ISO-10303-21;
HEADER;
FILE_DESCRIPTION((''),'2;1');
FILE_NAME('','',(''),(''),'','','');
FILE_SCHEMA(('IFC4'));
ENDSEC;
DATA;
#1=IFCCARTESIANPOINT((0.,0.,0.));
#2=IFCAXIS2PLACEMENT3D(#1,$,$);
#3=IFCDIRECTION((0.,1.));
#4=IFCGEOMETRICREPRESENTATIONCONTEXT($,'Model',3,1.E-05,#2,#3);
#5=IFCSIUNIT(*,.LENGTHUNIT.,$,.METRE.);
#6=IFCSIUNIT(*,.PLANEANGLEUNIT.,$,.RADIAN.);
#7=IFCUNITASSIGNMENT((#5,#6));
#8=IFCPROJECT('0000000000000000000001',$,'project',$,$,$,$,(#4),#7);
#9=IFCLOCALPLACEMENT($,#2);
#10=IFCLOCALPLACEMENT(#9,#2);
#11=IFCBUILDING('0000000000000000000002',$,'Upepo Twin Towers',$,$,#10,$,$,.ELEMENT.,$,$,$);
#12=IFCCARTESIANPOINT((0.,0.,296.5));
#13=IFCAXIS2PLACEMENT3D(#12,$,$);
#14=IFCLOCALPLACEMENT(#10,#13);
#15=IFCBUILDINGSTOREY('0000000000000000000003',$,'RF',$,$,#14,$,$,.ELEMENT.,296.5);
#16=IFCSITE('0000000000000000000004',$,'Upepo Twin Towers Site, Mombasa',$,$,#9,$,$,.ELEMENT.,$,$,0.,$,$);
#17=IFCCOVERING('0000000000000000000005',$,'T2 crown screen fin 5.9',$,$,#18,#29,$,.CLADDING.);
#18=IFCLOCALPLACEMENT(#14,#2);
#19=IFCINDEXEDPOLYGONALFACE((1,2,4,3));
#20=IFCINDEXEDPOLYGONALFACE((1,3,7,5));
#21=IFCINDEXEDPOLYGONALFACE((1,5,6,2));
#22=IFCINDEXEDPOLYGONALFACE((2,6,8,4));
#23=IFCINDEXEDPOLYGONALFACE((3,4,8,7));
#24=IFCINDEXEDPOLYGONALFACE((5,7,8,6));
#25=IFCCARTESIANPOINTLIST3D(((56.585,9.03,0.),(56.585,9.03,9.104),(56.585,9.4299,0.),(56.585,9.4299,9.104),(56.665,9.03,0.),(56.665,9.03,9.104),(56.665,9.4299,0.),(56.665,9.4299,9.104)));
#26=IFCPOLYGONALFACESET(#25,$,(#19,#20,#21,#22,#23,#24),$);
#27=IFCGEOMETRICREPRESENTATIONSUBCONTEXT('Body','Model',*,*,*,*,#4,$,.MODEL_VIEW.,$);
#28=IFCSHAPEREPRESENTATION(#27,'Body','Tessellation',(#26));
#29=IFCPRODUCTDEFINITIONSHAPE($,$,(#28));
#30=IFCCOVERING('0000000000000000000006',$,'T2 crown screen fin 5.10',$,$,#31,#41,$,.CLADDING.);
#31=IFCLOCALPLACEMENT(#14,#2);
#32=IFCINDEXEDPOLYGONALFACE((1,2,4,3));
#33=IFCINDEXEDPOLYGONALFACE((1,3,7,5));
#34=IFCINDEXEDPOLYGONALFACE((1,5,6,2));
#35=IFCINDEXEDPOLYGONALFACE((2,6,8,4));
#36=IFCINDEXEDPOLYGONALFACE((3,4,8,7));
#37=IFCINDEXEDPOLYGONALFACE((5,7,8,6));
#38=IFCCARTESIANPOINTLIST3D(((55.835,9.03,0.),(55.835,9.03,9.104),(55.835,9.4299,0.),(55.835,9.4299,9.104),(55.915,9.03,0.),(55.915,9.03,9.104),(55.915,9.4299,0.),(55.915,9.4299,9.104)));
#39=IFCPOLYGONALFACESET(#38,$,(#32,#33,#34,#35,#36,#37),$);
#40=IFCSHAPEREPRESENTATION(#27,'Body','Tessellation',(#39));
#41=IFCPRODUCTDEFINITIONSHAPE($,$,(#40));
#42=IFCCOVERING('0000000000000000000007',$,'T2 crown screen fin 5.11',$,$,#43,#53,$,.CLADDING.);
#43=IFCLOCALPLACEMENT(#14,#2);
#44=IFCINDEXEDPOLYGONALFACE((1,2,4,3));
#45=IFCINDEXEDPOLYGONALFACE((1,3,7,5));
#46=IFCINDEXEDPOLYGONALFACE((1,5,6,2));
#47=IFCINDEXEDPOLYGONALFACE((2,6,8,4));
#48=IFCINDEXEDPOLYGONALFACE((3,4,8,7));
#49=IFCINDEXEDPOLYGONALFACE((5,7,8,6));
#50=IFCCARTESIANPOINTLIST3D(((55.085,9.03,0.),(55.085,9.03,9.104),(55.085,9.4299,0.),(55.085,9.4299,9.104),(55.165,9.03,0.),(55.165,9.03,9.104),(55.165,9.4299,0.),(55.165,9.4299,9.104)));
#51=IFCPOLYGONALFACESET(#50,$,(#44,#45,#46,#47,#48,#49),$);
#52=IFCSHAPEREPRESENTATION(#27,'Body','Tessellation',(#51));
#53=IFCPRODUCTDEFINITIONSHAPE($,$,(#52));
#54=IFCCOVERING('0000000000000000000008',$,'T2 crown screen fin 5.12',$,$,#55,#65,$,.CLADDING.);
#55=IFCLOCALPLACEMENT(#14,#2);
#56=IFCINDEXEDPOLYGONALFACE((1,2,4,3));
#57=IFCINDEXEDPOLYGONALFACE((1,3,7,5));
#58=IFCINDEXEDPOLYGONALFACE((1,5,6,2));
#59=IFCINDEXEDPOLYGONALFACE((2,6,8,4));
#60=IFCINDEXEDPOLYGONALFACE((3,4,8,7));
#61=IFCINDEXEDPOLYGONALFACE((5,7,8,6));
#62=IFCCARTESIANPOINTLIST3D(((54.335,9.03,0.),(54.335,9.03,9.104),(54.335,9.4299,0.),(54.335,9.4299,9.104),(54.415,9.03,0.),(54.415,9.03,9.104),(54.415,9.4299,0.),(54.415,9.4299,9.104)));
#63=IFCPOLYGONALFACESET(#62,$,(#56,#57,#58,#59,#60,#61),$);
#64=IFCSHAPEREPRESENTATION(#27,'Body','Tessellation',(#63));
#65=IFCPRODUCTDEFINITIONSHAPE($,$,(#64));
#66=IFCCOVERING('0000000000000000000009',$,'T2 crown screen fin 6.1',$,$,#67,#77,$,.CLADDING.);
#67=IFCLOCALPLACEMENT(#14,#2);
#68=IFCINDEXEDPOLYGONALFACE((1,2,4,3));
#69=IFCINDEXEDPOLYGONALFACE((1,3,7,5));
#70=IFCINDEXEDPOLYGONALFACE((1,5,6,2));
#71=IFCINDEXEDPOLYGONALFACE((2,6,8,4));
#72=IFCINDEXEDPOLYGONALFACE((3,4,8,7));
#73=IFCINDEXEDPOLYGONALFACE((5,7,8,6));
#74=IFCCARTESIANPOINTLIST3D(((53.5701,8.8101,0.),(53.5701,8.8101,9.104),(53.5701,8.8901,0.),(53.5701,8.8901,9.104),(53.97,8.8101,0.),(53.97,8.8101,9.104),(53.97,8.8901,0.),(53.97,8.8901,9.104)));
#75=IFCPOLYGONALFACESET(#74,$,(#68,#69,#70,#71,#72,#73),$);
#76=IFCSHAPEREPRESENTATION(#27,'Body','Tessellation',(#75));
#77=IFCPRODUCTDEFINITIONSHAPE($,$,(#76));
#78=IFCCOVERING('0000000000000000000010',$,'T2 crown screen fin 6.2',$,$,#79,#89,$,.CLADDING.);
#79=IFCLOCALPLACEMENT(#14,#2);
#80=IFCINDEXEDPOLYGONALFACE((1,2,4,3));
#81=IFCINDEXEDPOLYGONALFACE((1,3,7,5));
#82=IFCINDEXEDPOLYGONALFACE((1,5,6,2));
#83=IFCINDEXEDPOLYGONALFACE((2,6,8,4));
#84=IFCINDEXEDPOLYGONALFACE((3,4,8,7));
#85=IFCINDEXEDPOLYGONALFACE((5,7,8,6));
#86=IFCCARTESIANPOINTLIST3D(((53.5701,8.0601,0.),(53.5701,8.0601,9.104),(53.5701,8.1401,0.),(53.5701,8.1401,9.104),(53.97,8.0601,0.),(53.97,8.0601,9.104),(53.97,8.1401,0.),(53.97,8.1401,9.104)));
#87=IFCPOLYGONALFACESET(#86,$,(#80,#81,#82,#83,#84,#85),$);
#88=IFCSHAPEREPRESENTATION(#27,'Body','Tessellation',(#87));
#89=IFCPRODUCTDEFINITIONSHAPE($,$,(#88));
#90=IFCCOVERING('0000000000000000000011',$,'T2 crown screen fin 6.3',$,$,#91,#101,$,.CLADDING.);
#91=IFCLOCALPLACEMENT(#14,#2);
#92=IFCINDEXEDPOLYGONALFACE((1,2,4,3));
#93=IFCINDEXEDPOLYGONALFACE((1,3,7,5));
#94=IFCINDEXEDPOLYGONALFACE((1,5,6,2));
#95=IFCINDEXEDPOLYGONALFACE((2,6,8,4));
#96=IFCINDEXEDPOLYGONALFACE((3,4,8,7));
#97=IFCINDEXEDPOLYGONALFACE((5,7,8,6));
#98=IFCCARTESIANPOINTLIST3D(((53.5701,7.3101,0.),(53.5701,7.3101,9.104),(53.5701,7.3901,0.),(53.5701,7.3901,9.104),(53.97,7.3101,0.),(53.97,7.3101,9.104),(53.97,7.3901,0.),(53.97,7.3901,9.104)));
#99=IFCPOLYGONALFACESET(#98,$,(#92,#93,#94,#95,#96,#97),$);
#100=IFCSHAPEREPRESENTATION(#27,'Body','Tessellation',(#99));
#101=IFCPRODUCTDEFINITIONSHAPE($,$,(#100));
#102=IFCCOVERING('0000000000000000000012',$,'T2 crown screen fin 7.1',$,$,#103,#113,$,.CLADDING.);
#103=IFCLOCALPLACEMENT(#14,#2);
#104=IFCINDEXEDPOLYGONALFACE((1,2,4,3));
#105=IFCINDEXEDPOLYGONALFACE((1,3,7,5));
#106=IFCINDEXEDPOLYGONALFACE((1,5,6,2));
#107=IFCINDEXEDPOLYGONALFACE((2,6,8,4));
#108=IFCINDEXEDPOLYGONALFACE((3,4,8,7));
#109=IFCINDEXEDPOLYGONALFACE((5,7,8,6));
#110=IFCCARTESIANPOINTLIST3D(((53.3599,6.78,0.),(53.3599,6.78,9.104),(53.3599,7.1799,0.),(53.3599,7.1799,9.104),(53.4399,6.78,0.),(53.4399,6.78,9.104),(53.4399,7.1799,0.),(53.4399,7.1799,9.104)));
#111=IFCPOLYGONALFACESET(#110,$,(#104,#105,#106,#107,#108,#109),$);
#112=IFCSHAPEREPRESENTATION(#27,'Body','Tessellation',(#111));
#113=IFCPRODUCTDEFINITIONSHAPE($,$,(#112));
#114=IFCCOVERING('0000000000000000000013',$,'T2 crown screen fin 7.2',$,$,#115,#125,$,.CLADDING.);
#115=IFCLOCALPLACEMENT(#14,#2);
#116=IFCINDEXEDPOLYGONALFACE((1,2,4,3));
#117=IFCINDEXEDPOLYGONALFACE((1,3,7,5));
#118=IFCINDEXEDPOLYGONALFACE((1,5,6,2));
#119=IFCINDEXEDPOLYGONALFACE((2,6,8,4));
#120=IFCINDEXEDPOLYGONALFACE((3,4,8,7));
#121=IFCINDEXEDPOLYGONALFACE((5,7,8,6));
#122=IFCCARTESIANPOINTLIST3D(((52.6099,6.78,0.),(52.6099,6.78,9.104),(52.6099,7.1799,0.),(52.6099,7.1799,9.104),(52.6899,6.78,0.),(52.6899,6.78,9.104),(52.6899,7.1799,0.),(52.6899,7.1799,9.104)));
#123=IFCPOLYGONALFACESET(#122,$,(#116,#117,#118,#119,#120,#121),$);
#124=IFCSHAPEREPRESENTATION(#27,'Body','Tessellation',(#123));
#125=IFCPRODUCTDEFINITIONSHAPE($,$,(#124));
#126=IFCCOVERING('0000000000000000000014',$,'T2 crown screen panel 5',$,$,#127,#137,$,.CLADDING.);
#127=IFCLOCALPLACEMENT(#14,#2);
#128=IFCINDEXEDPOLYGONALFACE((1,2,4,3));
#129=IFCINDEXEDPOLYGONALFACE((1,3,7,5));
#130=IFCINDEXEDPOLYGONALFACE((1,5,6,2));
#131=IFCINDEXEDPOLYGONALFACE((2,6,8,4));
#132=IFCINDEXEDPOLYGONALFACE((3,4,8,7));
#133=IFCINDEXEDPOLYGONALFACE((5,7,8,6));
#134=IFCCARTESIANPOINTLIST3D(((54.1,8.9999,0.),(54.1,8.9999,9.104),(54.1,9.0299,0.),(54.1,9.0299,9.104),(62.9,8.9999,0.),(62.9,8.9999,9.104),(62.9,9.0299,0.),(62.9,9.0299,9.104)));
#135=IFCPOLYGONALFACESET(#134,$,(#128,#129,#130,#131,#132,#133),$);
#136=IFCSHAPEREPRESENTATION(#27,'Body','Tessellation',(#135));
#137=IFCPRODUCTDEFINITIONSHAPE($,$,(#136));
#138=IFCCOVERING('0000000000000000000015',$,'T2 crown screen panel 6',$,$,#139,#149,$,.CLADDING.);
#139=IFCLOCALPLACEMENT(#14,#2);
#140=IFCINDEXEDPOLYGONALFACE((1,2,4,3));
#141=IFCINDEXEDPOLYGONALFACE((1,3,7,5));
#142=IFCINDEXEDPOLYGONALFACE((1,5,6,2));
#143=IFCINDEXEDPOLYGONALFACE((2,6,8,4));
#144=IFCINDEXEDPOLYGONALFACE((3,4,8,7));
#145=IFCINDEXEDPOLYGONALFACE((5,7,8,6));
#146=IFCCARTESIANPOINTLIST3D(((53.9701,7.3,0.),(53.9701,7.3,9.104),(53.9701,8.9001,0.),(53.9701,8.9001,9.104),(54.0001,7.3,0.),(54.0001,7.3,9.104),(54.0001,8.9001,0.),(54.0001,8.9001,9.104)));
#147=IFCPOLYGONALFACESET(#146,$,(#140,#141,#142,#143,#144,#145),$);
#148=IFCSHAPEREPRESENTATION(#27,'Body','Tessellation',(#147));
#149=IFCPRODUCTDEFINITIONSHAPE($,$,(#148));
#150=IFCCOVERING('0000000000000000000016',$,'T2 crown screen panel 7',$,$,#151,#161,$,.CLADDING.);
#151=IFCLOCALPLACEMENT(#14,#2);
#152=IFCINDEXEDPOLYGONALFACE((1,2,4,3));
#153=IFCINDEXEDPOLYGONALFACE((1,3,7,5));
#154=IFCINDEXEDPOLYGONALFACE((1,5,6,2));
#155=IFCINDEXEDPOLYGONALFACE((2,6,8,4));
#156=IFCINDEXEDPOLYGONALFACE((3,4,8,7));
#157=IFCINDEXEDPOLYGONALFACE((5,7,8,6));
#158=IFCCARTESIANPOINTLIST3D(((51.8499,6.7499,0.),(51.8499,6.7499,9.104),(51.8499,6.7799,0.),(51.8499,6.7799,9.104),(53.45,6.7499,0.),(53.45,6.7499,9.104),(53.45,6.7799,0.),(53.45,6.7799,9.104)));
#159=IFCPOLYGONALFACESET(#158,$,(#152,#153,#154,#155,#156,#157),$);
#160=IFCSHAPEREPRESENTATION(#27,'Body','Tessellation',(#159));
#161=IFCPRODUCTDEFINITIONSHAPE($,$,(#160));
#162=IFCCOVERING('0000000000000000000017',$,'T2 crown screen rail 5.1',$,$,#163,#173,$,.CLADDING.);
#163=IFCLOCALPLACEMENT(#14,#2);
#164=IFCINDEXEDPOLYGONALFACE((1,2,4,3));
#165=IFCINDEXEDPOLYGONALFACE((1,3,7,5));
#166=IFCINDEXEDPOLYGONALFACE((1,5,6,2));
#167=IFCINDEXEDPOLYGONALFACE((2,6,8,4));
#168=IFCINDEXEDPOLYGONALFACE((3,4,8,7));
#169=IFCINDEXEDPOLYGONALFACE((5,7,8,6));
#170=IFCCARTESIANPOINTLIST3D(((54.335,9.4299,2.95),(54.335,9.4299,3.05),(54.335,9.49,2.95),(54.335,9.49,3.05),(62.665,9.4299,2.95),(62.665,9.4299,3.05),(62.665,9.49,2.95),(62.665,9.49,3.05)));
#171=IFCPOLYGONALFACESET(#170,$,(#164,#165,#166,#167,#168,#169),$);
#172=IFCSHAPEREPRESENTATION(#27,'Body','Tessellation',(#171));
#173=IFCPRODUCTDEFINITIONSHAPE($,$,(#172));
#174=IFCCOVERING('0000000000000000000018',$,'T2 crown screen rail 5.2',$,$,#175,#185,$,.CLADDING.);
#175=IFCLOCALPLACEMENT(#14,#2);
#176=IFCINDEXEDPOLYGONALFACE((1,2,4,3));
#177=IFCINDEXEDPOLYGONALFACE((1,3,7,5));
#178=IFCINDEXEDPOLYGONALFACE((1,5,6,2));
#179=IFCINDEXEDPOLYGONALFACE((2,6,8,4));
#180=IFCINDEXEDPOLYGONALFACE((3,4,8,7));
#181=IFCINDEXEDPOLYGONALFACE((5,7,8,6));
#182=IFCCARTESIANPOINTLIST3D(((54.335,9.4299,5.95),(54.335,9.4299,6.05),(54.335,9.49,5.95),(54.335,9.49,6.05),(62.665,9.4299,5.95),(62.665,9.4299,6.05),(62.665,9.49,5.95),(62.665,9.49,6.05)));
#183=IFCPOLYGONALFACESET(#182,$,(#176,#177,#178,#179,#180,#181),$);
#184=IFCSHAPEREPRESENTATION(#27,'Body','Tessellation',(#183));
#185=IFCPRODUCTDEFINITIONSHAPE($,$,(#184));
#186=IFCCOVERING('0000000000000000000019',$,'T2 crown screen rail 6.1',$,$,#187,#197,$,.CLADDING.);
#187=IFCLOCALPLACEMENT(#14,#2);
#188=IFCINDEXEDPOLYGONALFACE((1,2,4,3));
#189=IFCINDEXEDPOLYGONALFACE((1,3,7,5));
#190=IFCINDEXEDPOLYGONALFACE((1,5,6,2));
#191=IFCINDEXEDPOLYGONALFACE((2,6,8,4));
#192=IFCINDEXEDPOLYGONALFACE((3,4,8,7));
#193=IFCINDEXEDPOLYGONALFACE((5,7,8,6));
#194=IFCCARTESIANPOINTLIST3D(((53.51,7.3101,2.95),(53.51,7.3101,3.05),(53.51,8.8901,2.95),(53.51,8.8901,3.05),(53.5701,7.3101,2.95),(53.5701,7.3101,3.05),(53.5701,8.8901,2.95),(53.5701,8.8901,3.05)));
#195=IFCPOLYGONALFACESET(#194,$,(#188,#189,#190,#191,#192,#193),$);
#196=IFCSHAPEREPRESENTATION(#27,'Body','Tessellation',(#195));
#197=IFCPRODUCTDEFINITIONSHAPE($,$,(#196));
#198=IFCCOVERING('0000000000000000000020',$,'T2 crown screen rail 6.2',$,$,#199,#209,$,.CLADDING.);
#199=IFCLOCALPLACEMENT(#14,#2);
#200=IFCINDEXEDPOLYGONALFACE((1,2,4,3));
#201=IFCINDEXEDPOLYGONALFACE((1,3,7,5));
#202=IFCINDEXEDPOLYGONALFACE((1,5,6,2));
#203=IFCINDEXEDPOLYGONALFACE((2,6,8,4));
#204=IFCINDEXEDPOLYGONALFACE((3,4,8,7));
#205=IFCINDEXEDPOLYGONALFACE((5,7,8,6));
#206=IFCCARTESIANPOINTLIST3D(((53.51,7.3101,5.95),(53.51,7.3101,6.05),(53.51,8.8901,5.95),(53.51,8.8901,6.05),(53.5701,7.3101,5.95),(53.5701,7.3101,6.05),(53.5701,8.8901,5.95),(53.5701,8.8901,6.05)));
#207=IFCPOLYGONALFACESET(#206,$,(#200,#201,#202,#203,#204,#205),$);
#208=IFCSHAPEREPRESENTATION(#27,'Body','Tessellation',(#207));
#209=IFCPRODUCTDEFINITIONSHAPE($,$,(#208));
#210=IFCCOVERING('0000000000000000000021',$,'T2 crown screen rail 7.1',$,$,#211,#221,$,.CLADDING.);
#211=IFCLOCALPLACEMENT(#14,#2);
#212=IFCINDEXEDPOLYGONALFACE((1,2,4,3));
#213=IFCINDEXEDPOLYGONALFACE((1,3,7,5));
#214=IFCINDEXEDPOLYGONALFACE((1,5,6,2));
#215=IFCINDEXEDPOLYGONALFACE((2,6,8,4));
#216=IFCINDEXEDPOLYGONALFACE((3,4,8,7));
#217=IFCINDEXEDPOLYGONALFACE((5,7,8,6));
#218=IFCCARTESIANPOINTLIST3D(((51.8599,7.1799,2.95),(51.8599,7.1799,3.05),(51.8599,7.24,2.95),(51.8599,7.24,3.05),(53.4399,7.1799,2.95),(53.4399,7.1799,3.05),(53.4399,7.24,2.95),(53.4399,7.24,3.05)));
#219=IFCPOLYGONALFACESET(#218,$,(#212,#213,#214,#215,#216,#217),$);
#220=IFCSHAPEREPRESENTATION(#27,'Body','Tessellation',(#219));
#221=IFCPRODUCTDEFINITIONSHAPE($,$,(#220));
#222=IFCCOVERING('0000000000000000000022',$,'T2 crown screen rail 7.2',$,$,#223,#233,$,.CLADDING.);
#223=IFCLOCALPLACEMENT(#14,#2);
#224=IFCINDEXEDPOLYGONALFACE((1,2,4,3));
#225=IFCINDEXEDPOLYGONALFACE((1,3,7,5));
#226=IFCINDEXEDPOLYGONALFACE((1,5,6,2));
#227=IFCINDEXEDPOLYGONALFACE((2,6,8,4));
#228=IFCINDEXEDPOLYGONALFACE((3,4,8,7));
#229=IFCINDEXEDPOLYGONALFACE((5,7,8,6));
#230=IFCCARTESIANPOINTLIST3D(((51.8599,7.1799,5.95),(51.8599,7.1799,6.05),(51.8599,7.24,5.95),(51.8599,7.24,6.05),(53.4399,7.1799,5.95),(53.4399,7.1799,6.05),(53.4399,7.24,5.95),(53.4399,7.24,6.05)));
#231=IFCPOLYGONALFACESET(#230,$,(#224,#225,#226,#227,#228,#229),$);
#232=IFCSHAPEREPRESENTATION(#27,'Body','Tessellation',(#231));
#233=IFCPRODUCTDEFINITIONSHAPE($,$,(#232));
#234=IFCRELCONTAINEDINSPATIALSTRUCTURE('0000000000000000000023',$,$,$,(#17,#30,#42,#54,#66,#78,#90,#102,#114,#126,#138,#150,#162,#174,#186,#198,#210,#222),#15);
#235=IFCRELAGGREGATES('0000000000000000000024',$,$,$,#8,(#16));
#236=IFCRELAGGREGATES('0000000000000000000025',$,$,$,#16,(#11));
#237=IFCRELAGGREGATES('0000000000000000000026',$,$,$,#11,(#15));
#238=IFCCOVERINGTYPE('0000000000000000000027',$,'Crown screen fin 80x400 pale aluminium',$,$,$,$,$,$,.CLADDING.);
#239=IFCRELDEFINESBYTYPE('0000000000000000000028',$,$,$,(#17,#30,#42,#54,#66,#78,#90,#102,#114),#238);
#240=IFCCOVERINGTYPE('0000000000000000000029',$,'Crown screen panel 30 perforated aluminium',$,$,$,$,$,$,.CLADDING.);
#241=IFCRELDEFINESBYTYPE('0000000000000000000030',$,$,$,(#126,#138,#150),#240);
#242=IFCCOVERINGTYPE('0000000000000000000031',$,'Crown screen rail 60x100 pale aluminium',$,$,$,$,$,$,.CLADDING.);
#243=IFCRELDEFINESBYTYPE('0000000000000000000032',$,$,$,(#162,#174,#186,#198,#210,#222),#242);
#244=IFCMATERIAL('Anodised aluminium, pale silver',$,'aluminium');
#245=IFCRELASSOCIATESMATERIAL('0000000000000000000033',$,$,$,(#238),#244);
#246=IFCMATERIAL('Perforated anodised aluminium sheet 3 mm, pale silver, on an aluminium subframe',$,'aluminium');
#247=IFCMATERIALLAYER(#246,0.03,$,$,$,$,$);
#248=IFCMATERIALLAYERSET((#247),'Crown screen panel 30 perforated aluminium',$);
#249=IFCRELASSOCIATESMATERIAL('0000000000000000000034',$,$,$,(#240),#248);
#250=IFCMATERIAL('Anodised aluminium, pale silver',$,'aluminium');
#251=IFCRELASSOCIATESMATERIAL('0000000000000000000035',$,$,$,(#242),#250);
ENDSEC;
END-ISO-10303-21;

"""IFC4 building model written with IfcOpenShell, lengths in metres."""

from ifc_helpers import new_model, si_unit, direction, frame, origin, origin_2d, place, context, subcontext, project, spatial, rectangle, extrude, material, layer, layer_set, type_object, element, save


model = new_model("IFC4")

# Units and contexts
model_context = context("Model", 3, precision=1e-05, world=origin(), true_north=direction((0.0, 1.0)))
body_context = subcontext(model_context, "Body", "Model", "MODEL_VIEW")
ifc_project = project(units=[si_unit("LENGTHUNIT", "METRE"), si_unit("PLANEANGLEUNIT", "RADIAN")], contexts=[model_context])

# Site, building, storey
site_placement = place(None, origin())
site = spatial("IfcSite", under=ifc_project, at=site_placement, Name="Upepo Twin Towers Site, Mombasa", CompositionType="ELEMENT", RefElevation=0.0)
building_placement = place(site_placement, origin())
building = spatial("IfcBuilding", under=site, at=building_placement, Name="Upepo Twin Towers", CompositionType="ELEMENT")
storey_placement = place(building_placement, frame((0.0, 0.0, 296.5)))
storey = spatial("IfcBuildingStorey", under=building, at=storey_placement, Name="RF", CompositionType="ELEMENT", Elevation=296.5)

# Coverings
ifc_material_1 = material(Name="Anodised aluminium, pale silver", Category="aluminium")
covering_type_1 = type_object("IfcCoveringType", Name="Crown screen fin 80x400 pale aluminium", PredefinedType="CLADDING", material=ifc_material_1)
for number, where, z_axis, x_axis, name in (
    (1, (56.625, 9.23, 0.0), (0.0, 0.0, 1.0), (-1.0, 0.0, 0.0), "T2 crown screen fin 5.9"),
    (2, (55.875, 9.23, 0.0), (0.0, 0.0, 1.0), (-1.0, 0.0, 0.0), "T2 crown screen fin 5.10"),
    (3, (55.125, 9.23, 0.0), (0.0, 0.0, 1.0), (-1.0, 0.0, 0.0), "T2 crown screen fin 5.11"),
    (4, (54.375, 9.23, 0.0), (0.0, 0.0, 1.0), (-1.0, 0.0, 0.0), "T2 crown screen fin 5.12"),
    (5, (53.77, 8.8501, 0.0), (0.0, 0.0, 1.0), (0.0, -1.0, 0.0), "T2 crown screen fin 6.1"),
    (6, (53.77, 8.1001, 0.0), (0.0, 0.0, 1.0), (0.0, -1.0, 0.0), "T2 crown screen fin 6.2"),
    (7, (53.77, 7.3501, 0.0), (0.0, 0.0, 1.0), (0.0, -1.0, 0.0), "T2 crown screen fin 6.3"),
    (8, (53.3999, 6.98, 0.0), (0.0, 0.0, 1.0), (-1.0, 0.0, 0.0), "T2 crown screen fin 7.1"),
    (9, (52.6499, 6.98, 0.0), (0.0, 0.0, 1.0), (-1.0, 0.0, 0.0), "T2 crown screen fin 7.2"),
):
    element("IfcCovering", number, at=place(storey_placement, frame(where, z_axis=z_axis, x_axis=x_axis)), inside=storey, type_object=covering_type_1, Name=name, PredefinedType="CLADDING", context=body_context, shape_type="SweptSolid", body=[
        extrude(rectangle(XDim=0.0801, YDim=0.3999, at=origin_2d()), origin(), (0.0, 0.0, 1.0), 9.104),
    ])
ifc_material_2 = material(Name="Perforated anodised aluminium sheet 3 mm, pale silver, on an aluminium subframe", Category="aluminium")
ifc_layer_1 = layer(ifc_material_2, 0.03)
ifc_layer_set_1 = layer_set([ifc_layer_1], Name="Crown screen panel 30 perforated aluminium")
covering_type_2 = type_object("IfcCoveringType", Name="Crown screen panel 30 perforated aluminium", PredefinedType="CLADDING", material=ifc_layer_set_1)
covering_placement = place(storey_placement, frame((58.5, 9.0149, 0.0), z_axis=(0.0, 0.0, 1.0), x_axis=(-1.0, 0.0, 0.0)))
element("IfcCovering", 10, at=covering_placement, inside=storey, type_object=covering_type_2, Name="T2 crown screen panel 5", PredefinedType="CLADDING", context=body_context, shape_type="SweptSolid", body=[
    extrude(rectangle(XDim=8.8, YDim=0.03, at=origin_2d()), origin(), (0.0, 0.0, 1.0), 9.104),
])
for number, where, z_axis, x_axis, name in (
    (11, (53.9851, 8.1001, 0.0), (0.0, 0.0, 1.0), (0.0, -1.0, 0.0), "T2 crown screen panel 6"),
    (12, (52.6499, 6.7649, 0.0), (0.0, 0.0, 1.0), (-1.0, 0.0, 0.0), "T2 crown screen panel 7"),
):
    element("IfcCovering", number, at=place(storey_placement, frame(where, z_axis=z_axis, x_axis=x_axis)), inside=storey, type_object=covering_type_2, Name=name, PredefinedType="CLADDING", context=body_context, shape_type="SweptSolid", body=[
        extrude(rectangle(XDim=1.6001, YDim=0.03, at=origin_2d()), origin(), (0.0, 0.0, 1.0), 9.104),
    ])
ifc_material_3 = material(Name="Anodised aluminium, pale silver", Category="aluminium")
covering_type_3 = type_object("IfcCoveringType", Name="Crown screen rail 60x100 pale aluminium", PredefinedType="CLADDING", material=ifc_material_3)
for number, where, z_axis, x_axis, name in (
    (13, (58.5, 9.46, 2.95), (0.0, 0.0, 1.0), (-1.0, 0.0, 0.0), "T2 crown screen rail 5.1"),
    (14, (58.5, 9.46, 5.95), (0.0, 0.0, 1.0), (-1.0, 0.0, 0.0), "T2 crown screen rail 5.2"),
):
    element("IfcCovering", number, at=place(storey_placement, frame(where, z_axis=z_axis, x_axis=x_axis)), inside=storey, type_object=covering_type_3, Name=name, PredefinedType="CLADDING", context=body_context, shape_type="SweptSolid", body=[
        extrude(rectangle(XDim=8.3301, YDim=0.0601, at=origin_2d()), origin(), (0.0, 0.0, 1.0), 0.1001),
    ])
for number, where, z_axis, x_axis, name in (
    (15, (53.54, 8.1001, 2.95), (0.0, 0.0, 1.0), (0.0, -1.0, 0.0), "T2 crown screen rail 6.1"),
    (16, (53.54, 8.1001, 5.95), (0.0, 0.0, 1.0), (0.0, -1.0, 0.0), "T2 crown screen rail 6.2"),
    (17, (52.6499, 7.21, 2.95), (0.0, 0.0, 1.0), (-1.0, 0.0, 0.0), "T2 crown screen rail 7.1"),
    (18, (52.6499, 7.21, 5.95), (0.0, 0.0, 1.0), (-1.0, 0.0, 0.0), "T2 crown screen rail 7.2"),
):
    element("IfcCovering", number, at=place(storey_placement, frame(where, z_axis=z_axis, x_axis=x_axis)), inside=storey, type_object=covering_type_3, Name=name, PredefinedType="CLADDING", context=body_context, shape_type="SweptSolid", body=[
        extrude(rectangle(XDim=1.5801, YDim=0.0601, at=origin_2d()), origin(), (0.0, 0.0, 1.0), 0.1001),
    ])

save(model, "model.ifc")
